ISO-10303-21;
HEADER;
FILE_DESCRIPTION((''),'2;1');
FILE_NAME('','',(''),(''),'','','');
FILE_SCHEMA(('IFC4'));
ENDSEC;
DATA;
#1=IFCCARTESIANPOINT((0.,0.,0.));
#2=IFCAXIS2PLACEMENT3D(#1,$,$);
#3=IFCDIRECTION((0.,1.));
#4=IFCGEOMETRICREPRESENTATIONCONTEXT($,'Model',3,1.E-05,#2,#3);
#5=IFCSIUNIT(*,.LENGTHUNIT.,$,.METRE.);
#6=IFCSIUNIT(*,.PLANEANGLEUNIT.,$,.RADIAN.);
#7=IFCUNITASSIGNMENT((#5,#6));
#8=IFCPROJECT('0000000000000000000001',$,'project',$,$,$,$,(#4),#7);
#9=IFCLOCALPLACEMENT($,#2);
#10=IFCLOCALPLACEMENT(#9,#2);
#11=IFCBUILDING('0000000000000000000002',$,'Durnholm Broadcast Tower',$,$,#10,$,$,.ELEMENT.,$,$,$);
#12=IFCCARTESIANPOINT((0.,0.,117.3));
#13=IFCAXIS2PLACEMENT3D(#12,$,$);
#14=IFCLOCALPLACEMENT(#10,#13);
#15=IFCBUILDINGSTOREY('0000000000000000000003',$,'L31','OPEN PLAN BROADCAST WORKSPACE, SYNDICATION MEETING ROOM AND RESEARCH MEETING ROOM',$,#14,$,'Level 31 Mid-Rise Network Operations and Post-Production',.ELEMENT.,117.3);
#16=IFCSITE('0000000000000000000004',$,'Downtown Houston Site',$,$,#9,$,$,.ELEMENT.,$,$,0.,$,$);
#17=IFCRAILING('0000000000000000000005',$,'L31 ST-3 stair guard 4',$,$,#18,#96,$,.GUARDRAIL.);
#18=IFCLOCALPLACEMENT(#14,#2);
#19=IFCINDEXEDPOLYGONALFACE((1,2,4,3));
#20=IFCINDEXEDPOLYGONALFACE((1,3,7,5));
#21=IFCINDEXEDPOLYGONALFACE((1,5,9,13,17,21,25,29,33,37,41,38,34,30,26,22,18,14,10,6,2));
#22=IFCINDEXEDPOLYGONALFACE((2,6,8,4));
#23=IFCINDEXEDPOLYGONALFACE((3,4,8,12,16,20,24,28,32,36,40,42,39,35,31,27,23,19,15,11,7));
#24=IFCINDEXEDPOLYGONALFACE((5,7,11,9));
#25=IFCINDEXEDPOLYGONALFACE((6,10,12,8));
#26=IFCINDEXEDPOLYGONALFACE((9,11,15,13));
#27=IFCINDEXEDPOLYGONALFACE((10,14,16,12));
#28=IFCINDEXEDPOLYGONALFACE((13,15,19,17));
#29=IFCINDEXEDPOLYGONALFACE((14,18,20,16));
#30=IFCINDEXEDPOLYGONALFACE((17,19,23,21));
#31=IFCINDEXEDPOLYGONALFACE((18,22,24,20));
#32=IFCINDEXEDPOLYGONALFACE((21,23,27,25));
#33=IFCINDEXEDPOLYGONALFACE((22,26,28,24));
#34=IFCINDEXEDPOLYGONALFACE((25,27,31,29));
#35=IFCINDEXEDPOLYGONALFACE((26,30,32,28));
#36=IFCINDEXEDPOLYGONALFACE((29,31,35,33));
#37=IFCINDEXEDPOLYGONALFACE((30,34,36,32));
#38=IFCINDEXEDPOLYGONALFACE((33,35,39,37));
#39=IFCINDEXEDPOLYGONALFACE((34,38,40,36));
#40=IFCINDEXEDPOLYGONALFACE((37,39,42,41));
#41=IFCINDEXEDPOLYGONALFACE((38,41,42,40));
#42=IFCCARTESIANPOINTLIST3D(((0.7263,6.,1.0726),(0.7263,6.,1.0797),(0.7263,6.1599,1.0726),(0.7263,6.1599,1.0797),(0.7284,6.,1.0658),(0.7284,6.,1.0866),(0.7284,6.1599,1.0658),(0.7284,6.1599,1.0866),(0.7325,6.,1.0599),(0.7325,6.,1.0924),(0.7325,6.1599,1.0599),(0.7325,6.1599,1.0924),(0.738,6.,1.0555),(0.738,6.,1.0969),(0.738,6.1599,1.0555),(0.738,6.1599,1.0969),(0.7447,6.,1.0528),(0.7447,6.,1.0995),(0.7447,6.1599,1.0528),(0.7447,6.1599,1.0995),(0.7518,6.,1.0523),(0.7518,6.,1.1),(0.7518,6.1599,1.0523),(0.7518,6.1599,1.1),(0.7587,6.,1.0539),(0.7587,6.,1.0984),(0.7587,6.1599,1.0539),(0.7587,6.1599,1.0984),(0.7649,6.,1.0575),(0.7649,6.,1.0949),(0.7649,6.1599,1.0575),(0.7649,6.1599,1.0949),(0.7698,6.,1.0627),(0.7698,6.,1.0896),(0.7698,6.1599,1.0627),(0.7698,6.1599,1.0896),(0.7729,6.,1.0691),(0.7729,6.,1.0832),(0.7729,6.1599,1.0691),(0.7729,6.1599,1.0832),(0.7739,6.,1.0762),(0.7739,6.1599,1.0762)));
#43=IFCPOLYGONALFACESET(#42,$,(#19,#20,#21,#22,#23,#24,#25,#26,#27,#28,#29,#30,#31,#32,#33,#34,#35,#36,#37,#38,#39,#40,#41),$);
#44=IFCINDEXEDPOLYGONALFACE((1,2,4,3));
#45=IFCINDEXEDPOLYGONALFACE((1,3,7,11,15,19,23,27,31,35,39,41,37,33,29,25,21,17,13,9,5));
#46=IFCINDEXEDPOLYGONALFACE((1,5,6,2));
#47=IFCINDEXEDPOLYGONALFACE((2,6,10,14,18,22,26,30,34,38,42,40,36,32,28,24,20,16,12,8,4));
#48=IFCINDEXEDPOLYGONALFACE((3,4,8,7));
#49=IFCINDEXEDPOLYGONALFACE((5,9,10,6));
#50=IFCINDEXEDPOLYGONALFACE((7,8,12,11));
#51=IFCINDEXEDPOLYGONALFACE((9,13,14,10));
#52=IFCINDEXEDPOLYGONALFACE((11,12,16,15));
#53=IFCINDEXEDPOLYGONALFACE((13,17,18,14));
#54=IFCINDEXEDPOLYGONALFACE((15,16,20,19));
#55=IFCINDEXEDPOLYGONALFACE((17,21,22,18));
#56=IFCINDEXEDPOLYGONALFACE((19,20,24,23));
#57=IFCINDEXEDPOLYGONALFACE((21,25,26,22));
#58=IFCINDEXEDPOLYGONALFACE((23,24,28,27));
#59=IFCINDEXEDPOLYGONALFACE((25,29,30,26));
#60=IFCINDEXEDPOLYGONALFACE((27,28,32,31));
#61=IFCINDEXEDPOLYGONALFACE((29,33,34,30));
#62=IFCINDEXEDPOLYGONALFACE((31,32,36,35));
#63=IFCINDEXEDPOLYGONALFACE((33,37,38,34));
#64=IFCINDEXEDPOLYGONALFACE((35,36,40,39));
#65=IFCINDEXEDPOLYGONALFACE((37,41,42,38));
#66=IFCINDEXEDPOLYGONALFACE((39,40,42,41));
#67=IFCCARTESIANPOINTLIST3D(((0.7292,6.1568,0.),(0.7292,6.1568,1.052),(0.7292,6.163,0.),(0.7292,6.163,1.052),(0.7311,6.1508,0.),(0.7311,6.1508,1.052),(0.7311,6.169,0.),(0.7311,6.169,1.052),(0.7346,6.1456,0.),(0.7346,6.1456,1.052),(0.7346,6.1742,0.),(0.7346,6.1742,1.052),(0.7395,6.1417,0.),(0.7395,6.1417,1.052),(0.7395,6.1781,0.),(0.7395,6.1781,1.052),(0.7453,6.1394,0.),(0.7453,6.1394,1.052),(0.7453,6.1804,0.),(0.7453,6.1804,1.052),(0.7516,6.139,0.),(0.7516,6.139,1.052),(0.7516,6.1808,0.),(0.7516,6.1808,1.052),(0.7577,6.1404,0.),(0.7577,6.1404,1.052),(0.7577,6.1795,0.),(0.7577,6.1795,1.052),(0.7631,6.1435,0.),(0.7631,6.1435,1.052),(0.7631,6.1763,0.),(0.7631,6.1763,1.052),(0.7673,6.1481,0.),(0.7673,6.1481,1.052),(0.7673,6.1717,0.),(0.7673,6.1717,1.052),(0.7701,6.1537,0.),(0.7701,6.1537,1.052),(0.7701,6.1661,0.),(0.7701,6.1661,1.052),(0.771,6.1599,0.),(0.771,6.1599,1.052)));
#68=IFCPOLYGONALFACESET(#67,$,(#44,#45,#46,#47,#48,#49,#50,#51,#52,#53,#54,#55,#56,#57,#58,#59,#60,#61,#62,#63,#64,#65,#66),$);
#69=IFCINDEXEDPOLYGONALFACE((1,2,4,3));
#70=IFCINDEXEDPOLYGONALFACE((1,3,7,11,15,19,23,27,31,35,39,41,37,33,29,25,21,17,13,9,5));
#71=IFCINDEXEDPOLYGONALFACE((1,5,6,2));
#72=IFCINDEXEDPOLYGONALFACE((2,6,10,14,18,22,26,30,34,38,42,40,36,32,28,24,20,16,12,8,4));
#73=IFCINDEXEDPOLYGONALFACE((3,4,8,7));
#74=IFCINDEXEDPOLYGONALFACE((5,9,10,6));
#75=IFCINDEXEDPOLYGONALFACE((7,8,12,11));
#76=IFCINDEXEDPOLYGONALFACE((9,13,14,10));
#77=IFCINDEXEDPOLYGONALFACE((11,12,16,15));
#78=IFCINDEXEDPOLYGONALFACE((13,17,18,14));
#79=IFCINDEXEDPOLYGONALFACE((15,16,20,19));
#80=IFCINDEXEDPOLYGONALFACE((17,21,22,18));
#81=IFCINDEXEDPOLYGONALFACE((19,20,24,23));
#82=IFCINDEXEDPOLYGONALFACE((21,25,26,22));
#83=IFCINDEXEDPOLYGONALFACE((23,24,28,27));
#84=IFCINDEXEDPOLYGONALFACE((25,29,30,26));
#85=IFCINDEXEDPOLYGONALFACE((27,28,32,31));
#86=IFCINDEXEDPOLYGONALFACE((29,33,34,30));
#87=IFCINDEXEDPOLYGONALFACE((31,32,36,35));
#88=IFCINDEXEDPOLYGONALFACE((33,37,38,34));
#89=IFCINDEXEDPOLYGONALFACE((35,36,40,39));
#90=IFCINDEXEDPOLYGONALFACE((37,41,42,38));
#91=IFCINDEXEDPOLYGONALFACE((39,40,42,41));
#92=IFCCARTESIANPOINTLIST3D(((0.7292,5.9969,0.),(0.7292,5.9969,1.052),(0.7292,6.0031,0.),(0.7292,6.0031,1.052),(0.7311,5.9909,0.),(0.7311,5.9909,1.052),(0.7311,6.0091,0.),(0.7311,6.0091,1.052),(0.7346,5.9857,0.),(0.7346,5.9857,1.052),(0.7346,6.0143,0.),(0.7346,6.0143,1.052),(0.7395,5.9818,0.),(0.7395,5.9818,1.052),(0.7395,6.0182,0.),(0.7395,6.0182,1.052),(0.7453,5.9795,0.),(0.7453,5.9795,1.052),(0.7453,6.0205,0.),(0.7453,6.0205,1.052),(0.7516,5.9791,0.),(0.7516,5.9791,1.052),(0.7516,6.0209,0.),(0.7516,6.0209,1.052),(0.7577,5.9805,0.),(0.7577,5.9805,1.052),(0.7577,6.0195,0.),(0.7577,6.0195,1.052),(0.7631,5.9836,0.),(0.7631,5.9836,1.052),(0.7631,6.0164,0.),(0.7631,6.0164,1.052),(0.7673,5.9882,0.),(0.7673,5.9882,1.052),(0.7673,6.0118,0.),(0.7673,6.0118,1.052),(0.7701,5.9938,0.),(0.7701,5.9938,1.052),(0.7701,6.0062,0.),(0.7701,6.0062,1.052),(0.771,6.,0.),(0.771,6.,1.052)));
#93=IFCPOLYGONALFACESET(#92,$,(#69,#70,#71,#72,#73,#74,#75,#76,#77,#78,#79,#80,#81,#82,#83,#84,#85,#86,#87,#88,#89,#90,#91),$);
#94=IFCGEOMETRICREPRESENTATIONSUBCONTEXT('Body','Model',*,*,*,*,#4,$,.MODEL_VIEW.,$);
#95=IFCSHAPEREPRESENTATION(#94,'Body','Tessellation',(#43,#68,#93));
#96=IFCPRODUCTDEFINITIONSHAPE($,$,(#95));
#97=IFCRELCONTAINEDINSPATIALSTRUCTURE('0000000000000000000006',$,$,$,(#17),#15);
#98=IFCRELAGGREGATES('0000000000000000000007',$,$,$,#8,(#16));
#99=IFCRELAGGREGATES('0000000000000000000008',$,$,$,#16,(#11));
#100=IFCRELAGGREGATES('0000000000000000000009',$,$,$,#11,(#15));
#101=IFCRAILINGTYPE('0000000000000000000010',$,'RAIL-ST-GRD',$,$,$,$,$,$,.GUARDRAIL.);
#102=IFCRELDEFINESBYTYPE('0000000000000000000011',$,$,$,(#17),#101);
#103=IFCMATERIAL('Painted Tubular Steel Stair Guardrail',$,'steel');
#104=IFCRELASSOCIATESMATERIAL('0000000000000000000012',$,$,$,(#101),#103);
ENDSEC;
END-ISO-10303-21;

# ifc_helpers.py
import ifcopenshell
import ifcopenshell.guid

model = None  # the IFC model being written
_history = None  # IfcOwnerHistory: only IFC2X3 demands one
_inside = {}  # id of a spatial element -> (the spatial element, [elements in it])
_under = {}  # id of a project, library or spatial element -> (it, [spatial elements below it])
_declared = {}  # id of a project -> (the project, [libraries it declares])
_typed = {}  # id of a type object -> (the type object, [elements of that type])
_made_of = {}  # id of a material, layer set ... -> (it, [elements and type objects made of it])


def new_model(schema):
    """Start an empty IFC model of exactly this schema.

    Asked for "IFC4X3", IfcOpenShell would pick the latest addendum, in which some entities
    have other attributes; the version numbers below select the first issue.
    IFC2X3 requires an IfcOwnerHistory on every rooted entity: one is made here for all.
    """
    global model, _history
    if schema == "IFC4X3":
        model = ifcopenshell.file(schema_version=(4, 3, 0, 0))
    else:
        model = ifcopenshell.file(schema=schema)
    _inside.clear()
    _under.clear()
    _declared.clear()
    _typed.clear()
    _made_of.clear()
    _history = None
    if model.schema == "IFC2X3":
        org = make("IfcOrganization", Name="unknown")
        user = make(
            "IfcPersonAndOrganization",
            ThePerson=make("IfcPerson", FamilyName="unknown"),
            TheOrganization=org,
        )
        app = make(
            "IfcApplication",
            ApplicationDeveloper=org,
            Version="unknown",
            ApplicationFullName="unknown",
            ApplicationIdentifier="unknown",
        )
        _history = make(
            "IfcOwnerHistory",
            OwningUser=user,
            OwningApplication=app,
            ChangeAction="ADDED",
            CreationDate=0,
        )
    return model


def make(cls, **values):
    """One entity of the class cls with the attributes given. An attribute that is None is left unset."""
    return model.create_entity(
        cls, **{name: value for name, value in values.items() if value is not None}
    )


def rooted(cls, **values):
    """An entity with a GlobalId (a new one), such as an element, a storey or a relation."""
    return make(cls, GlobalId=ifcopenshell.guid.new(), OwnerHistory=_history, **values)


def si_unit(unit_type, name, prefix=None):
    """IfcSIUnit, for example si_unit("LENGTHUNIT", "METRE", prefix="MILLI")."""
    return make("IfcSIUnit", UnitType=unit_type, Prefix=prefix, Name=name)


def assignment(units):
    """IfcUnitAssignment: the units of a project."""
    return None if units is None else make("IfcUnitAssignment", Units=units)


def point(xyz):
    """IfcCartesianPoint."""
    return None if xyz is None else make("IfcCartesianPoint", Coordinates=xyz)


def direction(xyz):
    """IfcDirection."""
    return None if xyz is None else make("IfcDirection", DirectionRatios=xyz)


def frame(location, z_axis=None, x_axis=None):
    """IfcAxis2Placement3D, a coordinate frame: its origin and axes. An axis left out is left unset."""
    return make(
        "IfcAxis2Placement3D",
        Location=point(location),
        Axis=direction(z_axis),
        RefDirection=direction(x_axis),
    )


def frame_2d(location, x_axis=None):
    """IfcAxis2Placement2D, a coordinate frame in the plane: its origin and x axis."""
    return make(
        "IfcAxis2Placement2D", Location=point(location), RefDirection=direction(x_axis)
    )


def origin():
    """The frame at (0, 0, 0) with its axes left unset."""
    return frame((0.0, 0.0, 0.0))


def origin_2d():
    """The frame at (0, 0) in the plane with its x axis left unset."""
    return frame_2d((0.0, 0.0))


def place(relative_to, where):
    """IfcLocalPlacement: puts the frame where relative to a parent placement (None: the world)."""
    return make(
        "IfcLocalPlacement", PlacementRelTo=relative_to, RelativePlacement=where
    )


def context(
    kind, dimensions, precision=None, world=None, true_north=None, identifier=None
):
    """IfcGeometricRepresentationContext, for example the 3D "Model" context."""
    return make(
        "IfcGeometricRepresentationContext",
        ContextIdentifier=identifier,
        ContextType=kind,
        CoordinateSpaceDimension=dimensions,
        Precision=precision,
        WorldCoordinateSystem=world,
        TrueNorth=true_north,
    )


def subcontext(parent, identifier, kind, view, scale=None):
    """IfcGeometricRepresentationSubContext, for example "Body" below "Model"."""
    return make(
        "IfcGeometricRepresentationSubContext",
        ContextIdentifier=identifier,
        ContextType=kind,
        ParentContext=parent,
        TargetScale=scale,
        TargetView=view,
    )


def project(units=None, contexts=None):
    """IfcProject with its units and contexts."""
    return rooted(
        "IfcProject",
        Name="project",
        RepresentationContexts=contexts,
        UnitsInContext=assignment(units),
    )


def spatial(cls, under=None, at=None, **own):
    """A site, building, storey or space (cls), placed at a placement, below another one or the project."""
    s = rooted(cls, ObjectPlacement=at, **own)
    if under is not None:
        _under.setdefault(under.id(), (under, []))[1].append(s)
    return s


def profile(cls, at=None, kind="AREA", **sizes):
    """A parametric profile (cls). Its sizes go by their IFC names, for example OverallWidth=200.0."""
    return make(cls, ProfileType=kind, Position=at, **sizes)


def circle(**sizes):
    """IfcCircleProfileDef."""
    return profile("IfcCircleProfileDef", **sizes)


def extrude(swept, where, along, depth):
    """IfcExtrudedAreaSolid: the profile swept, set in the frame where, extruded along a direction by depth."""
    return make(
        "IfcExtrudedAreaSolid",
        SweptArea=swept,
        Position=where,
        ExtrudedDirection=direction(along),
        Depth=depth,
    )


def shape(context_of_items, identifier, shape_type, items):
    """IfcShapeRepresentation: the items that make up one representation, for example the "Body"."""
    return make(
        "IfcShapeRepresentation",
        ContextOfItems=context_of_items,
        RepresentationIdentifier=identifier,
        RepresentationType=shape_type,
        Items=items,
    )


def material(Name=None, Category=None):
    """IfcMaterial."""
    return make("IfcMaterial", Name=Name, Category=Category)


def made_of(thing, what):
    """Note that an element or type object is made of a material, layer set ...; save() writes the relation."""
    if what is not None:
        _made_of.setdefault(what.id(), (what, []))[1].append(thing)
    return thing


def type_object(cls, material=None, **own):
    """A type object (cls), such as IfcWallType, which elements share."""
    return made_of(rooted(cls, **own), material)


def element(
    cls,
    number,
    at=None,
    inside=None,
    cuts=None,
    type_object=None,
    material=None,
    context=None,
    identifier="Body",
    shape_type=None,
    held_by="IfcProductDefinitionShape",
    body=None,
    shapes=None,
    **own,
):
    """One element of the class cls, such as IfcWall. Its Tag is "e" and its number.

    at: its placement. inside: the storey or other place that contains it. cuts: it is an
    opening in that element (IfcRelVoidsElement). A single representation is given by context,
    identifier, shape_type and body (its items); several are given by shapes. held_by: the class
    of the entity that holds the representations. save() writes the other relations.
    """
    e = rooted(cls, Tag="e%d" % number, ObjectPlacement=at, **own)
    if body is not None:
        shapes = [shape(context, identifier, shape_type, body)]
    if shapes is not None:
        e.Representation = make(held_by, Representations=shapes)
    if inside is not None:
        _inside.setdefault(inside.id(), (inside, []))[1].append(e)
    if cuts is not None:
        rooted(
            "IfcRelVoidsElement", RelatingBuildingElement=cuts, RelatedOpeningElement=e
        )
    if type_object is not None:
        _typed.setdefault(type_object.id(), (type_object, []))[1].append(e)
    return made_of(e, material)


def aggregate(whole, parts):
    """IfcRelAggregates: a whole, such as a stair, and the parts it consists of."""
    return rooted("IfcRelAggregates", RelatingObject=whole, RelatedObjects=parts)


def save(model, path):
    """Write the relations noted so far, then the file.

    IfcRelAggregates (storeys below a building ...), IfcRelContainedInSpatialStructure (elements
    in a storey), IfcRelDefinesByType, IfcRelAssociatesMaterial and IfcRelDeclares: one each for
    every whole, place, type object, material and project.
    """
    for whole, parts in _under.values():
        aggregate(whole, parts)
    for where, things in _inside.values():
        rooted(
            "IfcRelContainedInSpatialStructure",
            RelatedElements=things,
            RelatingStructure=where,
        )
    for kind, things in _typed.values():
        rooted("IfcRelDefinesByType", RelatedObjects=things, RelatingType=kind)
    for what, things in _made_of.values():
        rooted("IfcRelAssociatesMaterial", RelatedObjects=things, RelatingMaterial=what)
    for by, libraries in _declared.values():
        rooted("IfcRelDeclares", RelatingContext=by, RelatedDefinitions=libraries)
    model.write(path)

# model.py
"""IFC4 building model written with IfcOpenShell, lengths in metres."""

from ifc_helpers import new_model, si_unit, direction, frame, origin, origin_2d, place, context, subcontext, project, spatial, circle, extrude, material, type_object, element, save


model = new_model("IFC4")

# Units and contexts
model_context = context("Model", 3, precision=1e-05, world=origin(), true_north=direction((0.0, 1.0)))
body_context = subcontext(model_context, "Body", "Model", "MODEL_VIEW")
ifc_project = project(units=[si_unit("LENGTHUNIT", "METRE"), si_unit("PLANEANGLEUNIT", "RADIAN")], contexts=[model_context])

# Site, building, storey
site_placement = place(None, origin())
site = spatial("IfcSite", under=ifc_project, at=site_placement, Name="Downtown Houston Site", CompositionType="ELEMENT", RefElevation=0.0)
building_placement = place(site_placement, origin())
building = spatial("IfcBuilding", under=site, at=building_placement, Name="Durnholm Broadcast Tower", CompositionType="ELEMENT")
storey_placement = place(building_placement, frame((0.0, 0.0, 117.3)))
storey = spatial("IfcBuildingStorey", under=building, at=storey_placement, Name="L31", Description="OPEN PLAN BROADCAST WORKSPACE, SYNDICATION MEETING ROOM AND RESEARCH MEETING ROOM", LongName="Level 31 Mid-Rise Network Operations and Post-Production", CompositionType="ELEMENT", Elevation=117.3)

# Railing
ifc_material_1 = material(Name="Painted Tubular Steel Stair Guardrail", Category="steel")
railing_type_1 = type_object("IfcRailingType", Name="RAIL-ST-GRD", PredefinedType="GUARDRAIL", material=ifc_material_1)
railing_1_placement = place(storey_placement, frame((0.75, 6.1599, 0.0)))
element("IfcRailing", 1, at=railing_1_placement, inside=storey, type_object=railing_type_1, Name="L31 ST-3 stair guard 4", PredefinedType="GUARDRAIL", context=body_context, shape_type="SweptSolid", body=[
    extrude(circle(Radius=0.0239, at=origin_2d()), frame((0.0, 0.0, 1.0762), z_axis=(0.0, -1.0, 0.0), x_axis=(1.0, 0.0, 0.0)), (0.0, 0.0, 1.0), 0.1599),
    extrude(circle(Radius=0.021, at=origin_2d()), origin(), (0.0, 0.0, 1.0), 1.052),
    extrude(circle(Radius=0.021, at=origin_2d()), frame((0.0, -0.1599, 0.0)), (0.0, 0.0, 1.0), 1.052),
])

save(model, "model.ifc")
